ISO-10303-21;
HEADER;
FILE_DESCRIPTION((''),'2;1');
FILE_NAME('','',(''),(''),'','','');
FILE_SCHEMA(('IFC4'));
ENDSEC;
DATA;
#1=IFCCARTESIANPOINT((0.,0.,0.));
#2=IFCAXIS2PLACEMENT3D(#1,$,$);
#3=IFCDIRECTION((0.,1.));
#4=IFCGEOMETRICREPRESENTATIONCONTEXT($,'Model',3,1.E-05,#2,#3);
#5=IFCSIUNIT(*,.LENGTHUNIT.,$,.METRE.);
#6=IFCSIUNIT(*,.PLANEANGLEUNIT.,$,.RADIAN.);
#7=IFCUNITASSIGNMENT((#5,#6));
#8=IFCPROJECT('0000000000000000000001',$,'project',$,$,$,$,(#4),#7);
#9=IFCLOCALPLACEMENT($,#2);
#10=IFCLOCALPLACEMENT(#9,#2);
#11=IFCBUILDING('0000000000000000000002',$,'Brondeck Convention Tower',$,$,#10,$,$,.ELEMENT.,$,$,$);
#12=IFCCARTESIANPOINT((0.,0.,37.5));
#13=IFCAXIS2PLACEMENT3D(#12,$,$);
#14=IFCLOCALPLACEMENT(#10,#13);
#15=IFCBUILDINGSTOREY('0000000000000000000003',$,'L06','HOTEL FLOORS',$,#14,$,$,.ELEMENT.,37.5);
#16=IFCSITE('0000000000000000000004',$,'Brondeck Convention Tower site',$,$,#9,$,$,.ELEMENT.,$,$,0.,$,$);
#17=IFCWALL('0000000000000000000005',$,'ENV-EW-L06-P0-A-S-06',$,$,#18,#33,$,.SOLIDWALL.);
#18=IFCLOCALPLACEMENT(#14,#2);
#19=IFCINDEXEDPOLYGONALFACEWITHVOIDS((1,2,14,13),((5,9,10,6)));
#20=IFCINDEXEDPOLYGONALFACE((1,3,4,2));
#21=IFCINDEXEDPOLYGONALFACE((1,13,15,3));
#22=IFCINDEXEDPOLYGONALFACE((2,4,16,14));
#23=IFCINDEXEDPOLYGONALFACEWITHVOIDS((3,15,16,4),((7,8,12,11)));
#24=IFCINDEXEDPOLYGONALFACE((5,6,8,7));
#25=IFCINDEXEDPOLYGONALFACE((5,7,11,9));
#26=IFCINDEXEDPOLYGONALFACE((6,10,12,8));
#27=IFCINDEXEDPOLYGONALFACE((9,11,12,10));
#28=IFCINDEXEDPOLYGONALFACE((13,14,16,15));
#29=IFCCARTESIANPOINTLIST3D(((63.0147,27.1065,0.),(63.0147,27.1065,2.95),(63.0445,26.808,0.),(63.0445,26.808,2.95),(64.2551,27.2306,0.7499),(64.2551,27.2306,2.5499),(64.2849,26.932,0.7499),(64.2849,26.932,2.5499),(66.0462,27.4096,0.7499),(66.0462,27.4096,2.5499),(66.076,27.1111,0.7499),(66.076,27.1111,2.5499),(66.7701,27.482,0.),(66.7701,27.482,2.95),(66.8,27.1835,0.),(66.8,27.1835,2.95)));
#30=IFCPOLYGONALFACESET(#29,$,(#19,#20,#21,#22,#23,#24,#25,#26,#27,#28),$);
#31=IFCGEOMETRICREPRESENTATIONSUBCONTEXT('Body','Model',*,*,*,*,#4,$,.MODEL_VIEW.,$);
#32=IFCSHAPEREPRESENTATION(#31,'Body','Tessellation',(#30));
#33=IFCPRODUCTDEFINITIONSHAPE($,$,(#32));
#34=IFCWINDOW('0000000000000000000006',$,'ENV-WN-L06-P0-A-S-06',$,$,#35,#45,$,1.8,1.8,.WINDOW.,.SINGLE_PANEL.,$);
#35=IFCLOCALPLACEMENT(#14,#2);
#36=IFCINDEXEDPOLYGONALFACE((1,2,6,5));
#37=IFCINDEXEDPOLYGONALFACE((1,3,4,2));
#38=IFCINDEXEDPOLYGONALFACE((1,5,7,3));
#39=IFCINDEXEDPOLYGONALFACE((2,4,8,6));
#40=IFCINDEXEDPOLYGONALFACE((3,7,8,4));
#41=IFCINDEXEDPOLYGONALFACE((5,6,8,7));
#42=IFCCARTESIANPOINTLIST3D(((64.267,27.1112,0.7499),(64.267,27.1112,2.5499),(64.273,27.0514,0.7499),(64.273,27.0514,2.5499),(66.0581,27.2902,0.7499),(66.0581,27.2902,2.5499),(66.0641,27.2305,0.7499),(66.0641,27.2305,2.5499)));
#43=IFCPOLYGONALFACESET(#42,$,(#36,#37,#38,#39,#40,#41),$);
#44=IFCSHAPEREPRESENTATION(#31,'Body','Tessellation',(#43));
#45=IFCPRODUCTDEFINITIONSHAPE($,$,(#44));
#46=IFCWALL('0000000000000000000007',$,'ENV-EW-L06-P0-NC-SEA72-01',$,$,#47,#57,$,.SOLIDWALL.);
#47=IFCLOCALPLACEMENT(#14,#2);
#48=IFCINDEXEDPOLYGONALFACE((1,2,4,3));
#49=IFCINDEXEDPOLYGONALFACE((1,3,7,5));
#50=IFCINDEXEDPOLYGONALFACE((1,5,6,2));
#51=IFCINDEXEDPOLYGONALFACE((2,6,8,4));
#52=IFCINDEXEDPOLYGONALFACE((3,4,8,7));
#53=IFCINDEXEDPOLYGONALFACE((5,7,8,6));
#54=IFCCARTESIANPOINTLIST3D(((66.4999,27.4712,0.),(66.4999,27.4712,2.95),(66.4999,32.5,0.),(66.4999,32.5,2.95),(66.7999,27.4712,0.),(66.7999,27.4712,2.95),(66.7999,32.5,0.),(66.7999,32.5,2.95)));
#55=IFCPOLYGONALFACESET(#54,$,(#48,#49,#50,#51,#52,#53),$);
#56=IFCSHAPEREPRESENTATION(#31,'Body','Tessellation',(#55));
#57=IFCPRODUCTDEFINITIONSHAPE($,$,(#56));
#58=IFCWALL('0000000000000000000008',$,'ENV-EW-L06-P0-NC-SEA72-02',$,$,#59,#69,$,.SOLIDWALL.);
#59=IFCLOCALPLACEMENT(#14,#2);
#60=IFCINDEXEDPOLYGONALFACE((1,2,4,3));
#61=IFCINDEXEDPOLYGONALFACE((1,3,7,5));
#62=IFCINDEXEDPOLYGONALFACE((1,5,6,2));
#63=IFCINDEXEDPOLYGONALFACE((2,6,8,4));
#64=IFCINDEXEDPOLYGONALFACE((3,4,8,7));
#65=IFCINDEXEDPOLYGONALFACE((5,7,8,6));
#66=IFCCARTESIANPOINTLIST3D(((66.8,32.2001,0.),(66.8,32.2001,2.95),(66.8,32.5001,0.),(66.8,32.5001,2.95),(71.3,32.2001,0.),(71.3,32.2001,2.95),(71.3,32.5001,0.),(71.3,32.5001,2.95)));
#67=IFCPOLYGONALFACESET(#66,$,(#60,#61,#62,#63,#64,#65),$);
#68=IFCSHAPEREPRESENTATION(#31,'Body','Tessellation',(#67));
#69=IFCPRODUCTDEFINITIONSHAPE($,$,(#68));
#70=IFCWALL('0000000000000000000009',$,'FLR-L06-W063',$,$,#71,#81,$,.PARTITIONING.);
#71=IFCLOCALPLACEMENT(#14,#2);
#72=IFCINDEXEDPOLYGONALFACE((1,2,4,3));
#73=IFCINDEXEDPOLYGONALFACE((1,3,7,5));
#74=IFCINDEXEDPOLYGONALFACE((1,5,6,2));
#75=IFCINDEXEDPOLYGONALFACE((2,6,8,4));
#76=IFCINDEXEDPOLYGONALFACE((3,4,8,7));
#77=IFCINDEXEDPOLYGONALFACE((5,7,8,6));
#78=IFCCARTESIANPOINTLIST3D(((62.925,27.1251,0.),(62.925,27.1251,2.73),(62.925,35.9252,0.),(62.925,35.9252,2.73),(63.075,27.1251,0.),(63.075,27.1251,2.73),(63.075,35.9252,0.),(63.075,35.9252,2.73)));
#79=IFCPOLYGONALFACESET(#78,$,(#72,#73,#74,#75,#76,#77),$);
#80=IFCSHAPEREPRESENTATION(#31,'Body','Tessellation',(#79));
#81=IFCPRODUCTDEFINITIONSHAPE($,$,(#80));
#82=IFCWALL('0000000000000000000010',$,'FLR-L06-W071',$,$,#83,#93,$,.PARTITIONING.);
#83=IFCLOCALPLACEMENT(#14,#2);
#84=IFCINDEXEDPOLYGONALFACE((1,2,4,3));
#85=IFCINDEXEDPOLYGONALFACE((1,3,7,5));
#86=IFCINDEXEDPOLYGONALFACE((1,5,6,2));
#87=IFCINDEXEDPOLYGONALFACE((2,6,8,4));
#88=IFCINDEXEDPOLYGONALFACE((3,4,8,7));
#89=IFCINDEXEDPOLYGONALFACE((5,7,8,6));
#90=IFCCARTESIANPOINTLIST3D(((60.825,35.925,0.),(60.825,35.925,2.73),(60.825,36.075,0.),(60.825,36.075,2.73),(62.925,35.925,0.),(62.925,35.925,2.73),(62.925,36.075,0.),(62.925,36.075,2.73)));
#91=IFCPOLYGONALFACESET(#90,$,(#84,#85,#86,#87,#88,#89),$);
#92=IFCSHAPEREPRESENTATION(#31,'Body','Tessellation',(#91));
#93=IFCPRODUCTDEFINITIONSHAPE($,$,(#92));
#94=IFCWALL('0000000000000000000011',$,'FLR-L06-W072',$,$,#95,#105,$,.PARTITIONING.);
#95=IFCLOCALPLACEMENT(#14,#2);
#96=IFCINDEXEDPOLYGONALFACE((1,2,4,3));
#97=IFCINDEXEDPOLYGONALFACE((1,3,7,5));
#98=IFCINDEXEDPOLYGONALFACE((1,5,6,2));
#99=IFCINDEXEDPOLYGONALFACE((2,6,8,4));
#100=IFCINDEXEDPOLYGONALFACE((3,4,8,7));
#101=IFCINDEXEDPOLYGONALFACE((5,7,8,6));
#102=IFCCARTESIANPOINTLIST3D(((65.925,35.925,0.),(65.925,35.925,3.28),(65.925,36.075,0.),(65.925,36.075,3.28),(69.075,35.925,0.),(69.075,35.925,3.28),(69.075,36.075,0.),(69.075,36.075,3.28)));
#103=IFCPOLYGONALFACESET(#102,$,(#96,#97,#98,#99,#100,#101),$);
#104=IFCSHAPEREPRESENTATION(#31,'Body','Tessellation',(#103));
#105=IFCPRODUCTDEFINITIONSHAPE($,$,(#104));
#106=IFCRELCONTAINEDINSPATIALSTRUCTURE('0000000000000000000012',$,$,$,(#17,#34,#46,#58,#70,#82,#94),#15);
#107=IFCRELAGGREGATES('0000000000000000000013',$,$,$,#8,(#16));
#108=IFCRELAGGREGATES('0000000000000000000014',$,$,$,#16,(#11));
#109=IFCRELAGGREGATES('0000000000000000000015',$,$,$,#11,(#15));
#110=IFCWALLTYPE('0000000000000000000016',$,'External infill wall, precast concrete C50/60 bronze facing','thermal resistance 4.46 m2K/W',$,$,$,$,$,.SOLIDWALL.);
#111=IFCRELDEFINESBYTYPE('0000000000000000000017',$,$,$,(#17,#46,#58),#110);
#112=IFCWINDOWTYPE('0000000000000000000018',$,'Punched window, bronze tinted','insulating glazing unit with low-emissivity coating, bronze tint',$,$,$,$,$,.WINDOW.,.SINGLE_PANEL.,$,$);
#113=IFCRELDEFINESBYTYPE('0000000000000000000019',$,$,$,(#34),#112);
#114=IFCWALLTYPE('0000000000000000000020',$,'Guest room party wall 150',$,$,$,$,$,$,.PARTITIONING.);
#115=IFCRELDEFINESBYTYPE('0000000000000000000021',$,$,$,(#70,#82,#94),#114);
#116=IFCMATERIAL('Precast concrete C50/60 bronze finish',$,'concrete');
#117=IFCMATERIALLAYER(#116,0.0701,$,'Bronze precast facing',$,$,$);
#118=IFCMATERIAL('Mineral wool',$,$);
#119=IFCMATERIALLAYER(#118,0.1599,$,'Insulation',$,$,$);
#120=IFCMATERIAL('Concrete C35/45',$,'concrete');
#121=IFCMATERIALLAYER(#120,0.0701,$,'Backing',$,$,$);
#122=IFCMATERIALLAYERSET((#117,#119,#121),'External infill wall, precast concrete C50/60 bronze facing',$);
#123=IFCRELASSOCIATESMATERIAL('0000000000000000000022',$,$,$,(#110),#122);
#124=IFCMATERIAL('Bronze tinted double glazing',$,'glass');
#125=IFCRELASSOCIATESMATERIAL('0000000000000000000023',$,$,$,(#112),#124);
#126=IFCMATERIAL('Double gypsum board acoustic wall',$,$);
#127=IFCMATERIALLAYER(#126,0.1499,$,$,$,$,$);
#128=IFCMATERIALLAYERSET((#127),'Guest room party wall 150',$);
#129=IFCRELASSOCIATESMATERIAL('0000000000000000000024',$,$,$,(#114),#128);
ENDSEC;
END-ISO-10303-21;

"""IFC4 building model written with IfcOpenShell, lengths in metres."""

from ifc_helpers import new_model, si_unit, direction, frame, frame_2d, origin, place, context, subcontext, project, spatial, rectangle, extrude, material, layer, layer_set, type_object, element, fill, save


model = new_model("IFC4")

# Units and contexts
model_context = context("Model", 3, precision=1e-05, world=origin(), true_north=direction((0.0, 1.0)))
body_context = subcontext(model_context, "Body", "Model", "MODEL_VIEW")
ifc_project = project(units=[si_unit("LENGTHUNIT", "METRE"), si_unit("PLANEANGLEUNIT", "RADIAN")], contexts=[model_context])

# Site, building, storey
site_placement = place(None, origin())
site = spatial("IfcSite", under=ifc_project, at=site_placement, Name="Brondeck Convention Tower site", CompositionType="ELEMENT", RefElevation=0.0)
building_placement = place(site_placement, origin())
building = spatial("IfcBuilding", under=site, at=building_placement, Name="Brondeck Convention Tower", CompositionType="ELEMENT")
storey_placement = place(building_placement, frame((0.0, 0.0, 37.5)))
storey = spatial("IfcBuildingStorey", under=building, at=storey_placement, Name="L06", Description="HOTEL FLOORS", CompositionType="ELEMENT", Elevation=37.5)

# Shared definitions
ifc_material_1 = material(Name="Precast concrete C50/60 bronze finish", Category="concrete")
ifc_layer_1 = layer(ifc_material_1, 0.0701, Name="Bronze precast facing")
ifc_material_2 = material(Name="Mineral wool")
ifc_layer_2 = layer(ifc_material_2, 0.1599, Name="Insulation")
ifc_material_3 = material(Name="Concrete C35/45", Category="concrete")
ifc_layer_3 = layer(ifc_material_3, 0.0701, Name="Backing")
ifc_layer_set_1 = layer_set([ifc_layer_1, ifc_layer_2, ifc_layer_3], Name="External infill wall, precast concrete C50/60 bronze facing")
wall_type_1 = type_object("IfcWallType", Name="External infill wall, precast concrete C50/60 bronze facing", Description="thermal resistance 4.46 m2K/W", PredefinedType="SOLIDWALL", material=ifc_layer_set_1)
ifc_material_4 = material(Name="Bronze tinted double glazing", Category="glass")
window_type_1 = type_object("IfcWindowType", Name="Punched window, bronze tinted", Description="insulating glazing unit with low-emissivity coating, bronze tint", PartitioningType="SINGLE_PANEL", PredefinedType="WINDOW", material=ifc_material_4)

# Wall, opening, window
wall_1_placement = place(storey_placement, frame((66.7852, 27.3328, 0.0), z_axis=(0.0, 0.0, 1.0), x_axis=(-0.995038, -0.099491, 0.0)))
wall_1 = element("IfcWall", 1, at=wall_1_placement, inside=storey, type_object=wall_type_1, Name="ENV-EW-L06-P0-A-S-06", PredefinedType="SOLIDWALL", context=body_context, shape_type="SweptSolid", body=[
    extrude(rectangle(XDim=3.7742, YDim=0.3, at=frame_2d((1.8872, 0.0))), origin(), (0.0, 0.0, 1.0), 2.95),
])
opening_1_placement = place(wall_1_placement, frame((0.7278, 0.0, 0.75)))
opening_1 = element("IfcOpeningElement", 2, at=opening_1_placement, cuts=wall_1, PredefinedType="OPENING", context=body_context, shape_type="SweptSolid", body=[
    extrude(rectangle(XDim=1.8, YDim=1.8, at=frame_2d((0.8999, 0.8999))), frame((0.0, 0.1599, 0.0), z_axis=(0.0, -1.0, 0.0), x_axis=(1.0, 0.0, 0.0)), (0.0, 0.0, 1.0), 0.3201),
])
window_1_placement = place(opening_1_placement, origin())
window_1 = element("IfcWindow", 3, at=window_1_placement, inside=storey, type_object=window_type_1, Name="ENV-WN-L06-P0-A-S-06", OverallHeight=1.8, OverallWidth=1.8, PartitioningType="SINGLE_PANEL", PredefinedType="WINDOW", context=body_context, shape_type="SweptSolid", body=[
    extrude(rectangle(XDim=1.8, YDim=1.8, at=frame_2d((0.8999, 0.8999))), frame((0.0, 0.03, 0.0), z_axis=(0.0, -1.0, 0.0), x_axis=(1.0, 0.0, 0.0)), (0.0, 0.0, 1.0), 0.0601),
])
fill(opening_1, window_1)

# Walls
wall_2_placement = place(storey_placement, frame((66.6499, 32.5, 0.0), z_axis=(0.0, 0.0, 1.0), x_axis=(0.0, -1.0, 0.0)))
element("IfcWall", 4, at=wall_2_placement, inside=storey, type_object=wall_type_1, Name="ENV-EW-L06-P0-NC-SEA72-01", PredefinedType="SOLIDWALL", context=body_context, shape_type="SweptSolid", body=[
    extrude(rectangle(XDim=5.0288, YDim=0.3, at=frame_2d((2.5144, 0.0))), origin(), (0.0, 0.0, 1.0), 2.95),
])
wall_3_placement = place(storey_placement, frame((71.3, 32.3501, 0.0), z_axis=(0.0, 0.0, 1.0), x_axis=(-1.0, 0.0, 0.0)))
element("IfcWall", 5, at=wall_3_placement, inside=storey, type_object=wall_type_1, Name="ENV-EW-L06-P0-NC-SEA72-02", PredefinedType="SOLIDWALL", context=body_context, shape_type="SweptSolid", body=[
    extrude(rectangle(XDim=4.5, YDim=0.3, at=frame_2d((2.25, 0.0))), origin(), (0.0, 0.0, 1.0), 2.95),
])
ifc_material_5 = material(Name="Double gypsum board acoustic wall")
ifc_layer_4 = layer(ifc_material_5, 0.1499)
ifc_layer_set_2 = layer_set([ifc_layer_4], Name="Guest room party wall 150")
wall_type_2 = type_object("IfcWallType", Name="Guest room party wall 150", PredefinedType="PARTITIONING", material=ifc_layer_set_2)
wall_4_placement = place(storey_placement, frame((63.0, 35.925, 0.0), z_axis=(0.0, 0.0, 1.0), x_axis=(0.0, -1.0, 0.0)))
element("IfcWall", 6, at=wall_4_placement, inside=storey, type_object=wall_type_2, Name="FLR-L06-W063", PredefinedType="PARTITIONING", context=body_context, shape_type="SweptSolid", body=[
    extrude(rectangle(XDim=8.8, YDim=0.1499, at=frame_2d((4.3999, 0.0))), origin(), (0.0, 0.0, 1.0), 2.73),
])
wall_5_placement = place(storey_placement, frame((60.825, 36.0, 0.0), z_axis=(0.0, 0.0, 1.0), x_axis=(1.0, 0.0, 0.0)))
element("IfcWall", 7, at=wall_5_placement, inside=storey, type_object=wall_type_2, Name="FLR-L06-W071", PredefinedType="PARTITIONING", context=body_context, shape_type="SweptSolid", body=[
    extrude(rectangle(XDim=2.1001, YDim=0.1499, at=frame_2d((1.05, 0.0))), origin(), (0.0, 0.0, 1.0), 2.73),
])
wall_6_placement = place(storey_placement, frame((65.925, 36.0, 0.0), z_axis=(0.0, 0.0, 1.0), x_axis=(1.0, 0.0, 0.0)))
element("IfcWall", 8, at=wall_6_placement, inside=storey, type_object=wall_type_2, Name="FLR-L06-W072", PredefinedType="PARTITIONING", context=body_context, shape_type="SweptSolid", body=[
    extrude(rectangle(XDim=3.1499, YDim=0.1499, at=frame_2d((1.575, 0.0))), origin(), (0.0, 0.0, 1.0), 3.28),
])

save(model, "model.ifc")
